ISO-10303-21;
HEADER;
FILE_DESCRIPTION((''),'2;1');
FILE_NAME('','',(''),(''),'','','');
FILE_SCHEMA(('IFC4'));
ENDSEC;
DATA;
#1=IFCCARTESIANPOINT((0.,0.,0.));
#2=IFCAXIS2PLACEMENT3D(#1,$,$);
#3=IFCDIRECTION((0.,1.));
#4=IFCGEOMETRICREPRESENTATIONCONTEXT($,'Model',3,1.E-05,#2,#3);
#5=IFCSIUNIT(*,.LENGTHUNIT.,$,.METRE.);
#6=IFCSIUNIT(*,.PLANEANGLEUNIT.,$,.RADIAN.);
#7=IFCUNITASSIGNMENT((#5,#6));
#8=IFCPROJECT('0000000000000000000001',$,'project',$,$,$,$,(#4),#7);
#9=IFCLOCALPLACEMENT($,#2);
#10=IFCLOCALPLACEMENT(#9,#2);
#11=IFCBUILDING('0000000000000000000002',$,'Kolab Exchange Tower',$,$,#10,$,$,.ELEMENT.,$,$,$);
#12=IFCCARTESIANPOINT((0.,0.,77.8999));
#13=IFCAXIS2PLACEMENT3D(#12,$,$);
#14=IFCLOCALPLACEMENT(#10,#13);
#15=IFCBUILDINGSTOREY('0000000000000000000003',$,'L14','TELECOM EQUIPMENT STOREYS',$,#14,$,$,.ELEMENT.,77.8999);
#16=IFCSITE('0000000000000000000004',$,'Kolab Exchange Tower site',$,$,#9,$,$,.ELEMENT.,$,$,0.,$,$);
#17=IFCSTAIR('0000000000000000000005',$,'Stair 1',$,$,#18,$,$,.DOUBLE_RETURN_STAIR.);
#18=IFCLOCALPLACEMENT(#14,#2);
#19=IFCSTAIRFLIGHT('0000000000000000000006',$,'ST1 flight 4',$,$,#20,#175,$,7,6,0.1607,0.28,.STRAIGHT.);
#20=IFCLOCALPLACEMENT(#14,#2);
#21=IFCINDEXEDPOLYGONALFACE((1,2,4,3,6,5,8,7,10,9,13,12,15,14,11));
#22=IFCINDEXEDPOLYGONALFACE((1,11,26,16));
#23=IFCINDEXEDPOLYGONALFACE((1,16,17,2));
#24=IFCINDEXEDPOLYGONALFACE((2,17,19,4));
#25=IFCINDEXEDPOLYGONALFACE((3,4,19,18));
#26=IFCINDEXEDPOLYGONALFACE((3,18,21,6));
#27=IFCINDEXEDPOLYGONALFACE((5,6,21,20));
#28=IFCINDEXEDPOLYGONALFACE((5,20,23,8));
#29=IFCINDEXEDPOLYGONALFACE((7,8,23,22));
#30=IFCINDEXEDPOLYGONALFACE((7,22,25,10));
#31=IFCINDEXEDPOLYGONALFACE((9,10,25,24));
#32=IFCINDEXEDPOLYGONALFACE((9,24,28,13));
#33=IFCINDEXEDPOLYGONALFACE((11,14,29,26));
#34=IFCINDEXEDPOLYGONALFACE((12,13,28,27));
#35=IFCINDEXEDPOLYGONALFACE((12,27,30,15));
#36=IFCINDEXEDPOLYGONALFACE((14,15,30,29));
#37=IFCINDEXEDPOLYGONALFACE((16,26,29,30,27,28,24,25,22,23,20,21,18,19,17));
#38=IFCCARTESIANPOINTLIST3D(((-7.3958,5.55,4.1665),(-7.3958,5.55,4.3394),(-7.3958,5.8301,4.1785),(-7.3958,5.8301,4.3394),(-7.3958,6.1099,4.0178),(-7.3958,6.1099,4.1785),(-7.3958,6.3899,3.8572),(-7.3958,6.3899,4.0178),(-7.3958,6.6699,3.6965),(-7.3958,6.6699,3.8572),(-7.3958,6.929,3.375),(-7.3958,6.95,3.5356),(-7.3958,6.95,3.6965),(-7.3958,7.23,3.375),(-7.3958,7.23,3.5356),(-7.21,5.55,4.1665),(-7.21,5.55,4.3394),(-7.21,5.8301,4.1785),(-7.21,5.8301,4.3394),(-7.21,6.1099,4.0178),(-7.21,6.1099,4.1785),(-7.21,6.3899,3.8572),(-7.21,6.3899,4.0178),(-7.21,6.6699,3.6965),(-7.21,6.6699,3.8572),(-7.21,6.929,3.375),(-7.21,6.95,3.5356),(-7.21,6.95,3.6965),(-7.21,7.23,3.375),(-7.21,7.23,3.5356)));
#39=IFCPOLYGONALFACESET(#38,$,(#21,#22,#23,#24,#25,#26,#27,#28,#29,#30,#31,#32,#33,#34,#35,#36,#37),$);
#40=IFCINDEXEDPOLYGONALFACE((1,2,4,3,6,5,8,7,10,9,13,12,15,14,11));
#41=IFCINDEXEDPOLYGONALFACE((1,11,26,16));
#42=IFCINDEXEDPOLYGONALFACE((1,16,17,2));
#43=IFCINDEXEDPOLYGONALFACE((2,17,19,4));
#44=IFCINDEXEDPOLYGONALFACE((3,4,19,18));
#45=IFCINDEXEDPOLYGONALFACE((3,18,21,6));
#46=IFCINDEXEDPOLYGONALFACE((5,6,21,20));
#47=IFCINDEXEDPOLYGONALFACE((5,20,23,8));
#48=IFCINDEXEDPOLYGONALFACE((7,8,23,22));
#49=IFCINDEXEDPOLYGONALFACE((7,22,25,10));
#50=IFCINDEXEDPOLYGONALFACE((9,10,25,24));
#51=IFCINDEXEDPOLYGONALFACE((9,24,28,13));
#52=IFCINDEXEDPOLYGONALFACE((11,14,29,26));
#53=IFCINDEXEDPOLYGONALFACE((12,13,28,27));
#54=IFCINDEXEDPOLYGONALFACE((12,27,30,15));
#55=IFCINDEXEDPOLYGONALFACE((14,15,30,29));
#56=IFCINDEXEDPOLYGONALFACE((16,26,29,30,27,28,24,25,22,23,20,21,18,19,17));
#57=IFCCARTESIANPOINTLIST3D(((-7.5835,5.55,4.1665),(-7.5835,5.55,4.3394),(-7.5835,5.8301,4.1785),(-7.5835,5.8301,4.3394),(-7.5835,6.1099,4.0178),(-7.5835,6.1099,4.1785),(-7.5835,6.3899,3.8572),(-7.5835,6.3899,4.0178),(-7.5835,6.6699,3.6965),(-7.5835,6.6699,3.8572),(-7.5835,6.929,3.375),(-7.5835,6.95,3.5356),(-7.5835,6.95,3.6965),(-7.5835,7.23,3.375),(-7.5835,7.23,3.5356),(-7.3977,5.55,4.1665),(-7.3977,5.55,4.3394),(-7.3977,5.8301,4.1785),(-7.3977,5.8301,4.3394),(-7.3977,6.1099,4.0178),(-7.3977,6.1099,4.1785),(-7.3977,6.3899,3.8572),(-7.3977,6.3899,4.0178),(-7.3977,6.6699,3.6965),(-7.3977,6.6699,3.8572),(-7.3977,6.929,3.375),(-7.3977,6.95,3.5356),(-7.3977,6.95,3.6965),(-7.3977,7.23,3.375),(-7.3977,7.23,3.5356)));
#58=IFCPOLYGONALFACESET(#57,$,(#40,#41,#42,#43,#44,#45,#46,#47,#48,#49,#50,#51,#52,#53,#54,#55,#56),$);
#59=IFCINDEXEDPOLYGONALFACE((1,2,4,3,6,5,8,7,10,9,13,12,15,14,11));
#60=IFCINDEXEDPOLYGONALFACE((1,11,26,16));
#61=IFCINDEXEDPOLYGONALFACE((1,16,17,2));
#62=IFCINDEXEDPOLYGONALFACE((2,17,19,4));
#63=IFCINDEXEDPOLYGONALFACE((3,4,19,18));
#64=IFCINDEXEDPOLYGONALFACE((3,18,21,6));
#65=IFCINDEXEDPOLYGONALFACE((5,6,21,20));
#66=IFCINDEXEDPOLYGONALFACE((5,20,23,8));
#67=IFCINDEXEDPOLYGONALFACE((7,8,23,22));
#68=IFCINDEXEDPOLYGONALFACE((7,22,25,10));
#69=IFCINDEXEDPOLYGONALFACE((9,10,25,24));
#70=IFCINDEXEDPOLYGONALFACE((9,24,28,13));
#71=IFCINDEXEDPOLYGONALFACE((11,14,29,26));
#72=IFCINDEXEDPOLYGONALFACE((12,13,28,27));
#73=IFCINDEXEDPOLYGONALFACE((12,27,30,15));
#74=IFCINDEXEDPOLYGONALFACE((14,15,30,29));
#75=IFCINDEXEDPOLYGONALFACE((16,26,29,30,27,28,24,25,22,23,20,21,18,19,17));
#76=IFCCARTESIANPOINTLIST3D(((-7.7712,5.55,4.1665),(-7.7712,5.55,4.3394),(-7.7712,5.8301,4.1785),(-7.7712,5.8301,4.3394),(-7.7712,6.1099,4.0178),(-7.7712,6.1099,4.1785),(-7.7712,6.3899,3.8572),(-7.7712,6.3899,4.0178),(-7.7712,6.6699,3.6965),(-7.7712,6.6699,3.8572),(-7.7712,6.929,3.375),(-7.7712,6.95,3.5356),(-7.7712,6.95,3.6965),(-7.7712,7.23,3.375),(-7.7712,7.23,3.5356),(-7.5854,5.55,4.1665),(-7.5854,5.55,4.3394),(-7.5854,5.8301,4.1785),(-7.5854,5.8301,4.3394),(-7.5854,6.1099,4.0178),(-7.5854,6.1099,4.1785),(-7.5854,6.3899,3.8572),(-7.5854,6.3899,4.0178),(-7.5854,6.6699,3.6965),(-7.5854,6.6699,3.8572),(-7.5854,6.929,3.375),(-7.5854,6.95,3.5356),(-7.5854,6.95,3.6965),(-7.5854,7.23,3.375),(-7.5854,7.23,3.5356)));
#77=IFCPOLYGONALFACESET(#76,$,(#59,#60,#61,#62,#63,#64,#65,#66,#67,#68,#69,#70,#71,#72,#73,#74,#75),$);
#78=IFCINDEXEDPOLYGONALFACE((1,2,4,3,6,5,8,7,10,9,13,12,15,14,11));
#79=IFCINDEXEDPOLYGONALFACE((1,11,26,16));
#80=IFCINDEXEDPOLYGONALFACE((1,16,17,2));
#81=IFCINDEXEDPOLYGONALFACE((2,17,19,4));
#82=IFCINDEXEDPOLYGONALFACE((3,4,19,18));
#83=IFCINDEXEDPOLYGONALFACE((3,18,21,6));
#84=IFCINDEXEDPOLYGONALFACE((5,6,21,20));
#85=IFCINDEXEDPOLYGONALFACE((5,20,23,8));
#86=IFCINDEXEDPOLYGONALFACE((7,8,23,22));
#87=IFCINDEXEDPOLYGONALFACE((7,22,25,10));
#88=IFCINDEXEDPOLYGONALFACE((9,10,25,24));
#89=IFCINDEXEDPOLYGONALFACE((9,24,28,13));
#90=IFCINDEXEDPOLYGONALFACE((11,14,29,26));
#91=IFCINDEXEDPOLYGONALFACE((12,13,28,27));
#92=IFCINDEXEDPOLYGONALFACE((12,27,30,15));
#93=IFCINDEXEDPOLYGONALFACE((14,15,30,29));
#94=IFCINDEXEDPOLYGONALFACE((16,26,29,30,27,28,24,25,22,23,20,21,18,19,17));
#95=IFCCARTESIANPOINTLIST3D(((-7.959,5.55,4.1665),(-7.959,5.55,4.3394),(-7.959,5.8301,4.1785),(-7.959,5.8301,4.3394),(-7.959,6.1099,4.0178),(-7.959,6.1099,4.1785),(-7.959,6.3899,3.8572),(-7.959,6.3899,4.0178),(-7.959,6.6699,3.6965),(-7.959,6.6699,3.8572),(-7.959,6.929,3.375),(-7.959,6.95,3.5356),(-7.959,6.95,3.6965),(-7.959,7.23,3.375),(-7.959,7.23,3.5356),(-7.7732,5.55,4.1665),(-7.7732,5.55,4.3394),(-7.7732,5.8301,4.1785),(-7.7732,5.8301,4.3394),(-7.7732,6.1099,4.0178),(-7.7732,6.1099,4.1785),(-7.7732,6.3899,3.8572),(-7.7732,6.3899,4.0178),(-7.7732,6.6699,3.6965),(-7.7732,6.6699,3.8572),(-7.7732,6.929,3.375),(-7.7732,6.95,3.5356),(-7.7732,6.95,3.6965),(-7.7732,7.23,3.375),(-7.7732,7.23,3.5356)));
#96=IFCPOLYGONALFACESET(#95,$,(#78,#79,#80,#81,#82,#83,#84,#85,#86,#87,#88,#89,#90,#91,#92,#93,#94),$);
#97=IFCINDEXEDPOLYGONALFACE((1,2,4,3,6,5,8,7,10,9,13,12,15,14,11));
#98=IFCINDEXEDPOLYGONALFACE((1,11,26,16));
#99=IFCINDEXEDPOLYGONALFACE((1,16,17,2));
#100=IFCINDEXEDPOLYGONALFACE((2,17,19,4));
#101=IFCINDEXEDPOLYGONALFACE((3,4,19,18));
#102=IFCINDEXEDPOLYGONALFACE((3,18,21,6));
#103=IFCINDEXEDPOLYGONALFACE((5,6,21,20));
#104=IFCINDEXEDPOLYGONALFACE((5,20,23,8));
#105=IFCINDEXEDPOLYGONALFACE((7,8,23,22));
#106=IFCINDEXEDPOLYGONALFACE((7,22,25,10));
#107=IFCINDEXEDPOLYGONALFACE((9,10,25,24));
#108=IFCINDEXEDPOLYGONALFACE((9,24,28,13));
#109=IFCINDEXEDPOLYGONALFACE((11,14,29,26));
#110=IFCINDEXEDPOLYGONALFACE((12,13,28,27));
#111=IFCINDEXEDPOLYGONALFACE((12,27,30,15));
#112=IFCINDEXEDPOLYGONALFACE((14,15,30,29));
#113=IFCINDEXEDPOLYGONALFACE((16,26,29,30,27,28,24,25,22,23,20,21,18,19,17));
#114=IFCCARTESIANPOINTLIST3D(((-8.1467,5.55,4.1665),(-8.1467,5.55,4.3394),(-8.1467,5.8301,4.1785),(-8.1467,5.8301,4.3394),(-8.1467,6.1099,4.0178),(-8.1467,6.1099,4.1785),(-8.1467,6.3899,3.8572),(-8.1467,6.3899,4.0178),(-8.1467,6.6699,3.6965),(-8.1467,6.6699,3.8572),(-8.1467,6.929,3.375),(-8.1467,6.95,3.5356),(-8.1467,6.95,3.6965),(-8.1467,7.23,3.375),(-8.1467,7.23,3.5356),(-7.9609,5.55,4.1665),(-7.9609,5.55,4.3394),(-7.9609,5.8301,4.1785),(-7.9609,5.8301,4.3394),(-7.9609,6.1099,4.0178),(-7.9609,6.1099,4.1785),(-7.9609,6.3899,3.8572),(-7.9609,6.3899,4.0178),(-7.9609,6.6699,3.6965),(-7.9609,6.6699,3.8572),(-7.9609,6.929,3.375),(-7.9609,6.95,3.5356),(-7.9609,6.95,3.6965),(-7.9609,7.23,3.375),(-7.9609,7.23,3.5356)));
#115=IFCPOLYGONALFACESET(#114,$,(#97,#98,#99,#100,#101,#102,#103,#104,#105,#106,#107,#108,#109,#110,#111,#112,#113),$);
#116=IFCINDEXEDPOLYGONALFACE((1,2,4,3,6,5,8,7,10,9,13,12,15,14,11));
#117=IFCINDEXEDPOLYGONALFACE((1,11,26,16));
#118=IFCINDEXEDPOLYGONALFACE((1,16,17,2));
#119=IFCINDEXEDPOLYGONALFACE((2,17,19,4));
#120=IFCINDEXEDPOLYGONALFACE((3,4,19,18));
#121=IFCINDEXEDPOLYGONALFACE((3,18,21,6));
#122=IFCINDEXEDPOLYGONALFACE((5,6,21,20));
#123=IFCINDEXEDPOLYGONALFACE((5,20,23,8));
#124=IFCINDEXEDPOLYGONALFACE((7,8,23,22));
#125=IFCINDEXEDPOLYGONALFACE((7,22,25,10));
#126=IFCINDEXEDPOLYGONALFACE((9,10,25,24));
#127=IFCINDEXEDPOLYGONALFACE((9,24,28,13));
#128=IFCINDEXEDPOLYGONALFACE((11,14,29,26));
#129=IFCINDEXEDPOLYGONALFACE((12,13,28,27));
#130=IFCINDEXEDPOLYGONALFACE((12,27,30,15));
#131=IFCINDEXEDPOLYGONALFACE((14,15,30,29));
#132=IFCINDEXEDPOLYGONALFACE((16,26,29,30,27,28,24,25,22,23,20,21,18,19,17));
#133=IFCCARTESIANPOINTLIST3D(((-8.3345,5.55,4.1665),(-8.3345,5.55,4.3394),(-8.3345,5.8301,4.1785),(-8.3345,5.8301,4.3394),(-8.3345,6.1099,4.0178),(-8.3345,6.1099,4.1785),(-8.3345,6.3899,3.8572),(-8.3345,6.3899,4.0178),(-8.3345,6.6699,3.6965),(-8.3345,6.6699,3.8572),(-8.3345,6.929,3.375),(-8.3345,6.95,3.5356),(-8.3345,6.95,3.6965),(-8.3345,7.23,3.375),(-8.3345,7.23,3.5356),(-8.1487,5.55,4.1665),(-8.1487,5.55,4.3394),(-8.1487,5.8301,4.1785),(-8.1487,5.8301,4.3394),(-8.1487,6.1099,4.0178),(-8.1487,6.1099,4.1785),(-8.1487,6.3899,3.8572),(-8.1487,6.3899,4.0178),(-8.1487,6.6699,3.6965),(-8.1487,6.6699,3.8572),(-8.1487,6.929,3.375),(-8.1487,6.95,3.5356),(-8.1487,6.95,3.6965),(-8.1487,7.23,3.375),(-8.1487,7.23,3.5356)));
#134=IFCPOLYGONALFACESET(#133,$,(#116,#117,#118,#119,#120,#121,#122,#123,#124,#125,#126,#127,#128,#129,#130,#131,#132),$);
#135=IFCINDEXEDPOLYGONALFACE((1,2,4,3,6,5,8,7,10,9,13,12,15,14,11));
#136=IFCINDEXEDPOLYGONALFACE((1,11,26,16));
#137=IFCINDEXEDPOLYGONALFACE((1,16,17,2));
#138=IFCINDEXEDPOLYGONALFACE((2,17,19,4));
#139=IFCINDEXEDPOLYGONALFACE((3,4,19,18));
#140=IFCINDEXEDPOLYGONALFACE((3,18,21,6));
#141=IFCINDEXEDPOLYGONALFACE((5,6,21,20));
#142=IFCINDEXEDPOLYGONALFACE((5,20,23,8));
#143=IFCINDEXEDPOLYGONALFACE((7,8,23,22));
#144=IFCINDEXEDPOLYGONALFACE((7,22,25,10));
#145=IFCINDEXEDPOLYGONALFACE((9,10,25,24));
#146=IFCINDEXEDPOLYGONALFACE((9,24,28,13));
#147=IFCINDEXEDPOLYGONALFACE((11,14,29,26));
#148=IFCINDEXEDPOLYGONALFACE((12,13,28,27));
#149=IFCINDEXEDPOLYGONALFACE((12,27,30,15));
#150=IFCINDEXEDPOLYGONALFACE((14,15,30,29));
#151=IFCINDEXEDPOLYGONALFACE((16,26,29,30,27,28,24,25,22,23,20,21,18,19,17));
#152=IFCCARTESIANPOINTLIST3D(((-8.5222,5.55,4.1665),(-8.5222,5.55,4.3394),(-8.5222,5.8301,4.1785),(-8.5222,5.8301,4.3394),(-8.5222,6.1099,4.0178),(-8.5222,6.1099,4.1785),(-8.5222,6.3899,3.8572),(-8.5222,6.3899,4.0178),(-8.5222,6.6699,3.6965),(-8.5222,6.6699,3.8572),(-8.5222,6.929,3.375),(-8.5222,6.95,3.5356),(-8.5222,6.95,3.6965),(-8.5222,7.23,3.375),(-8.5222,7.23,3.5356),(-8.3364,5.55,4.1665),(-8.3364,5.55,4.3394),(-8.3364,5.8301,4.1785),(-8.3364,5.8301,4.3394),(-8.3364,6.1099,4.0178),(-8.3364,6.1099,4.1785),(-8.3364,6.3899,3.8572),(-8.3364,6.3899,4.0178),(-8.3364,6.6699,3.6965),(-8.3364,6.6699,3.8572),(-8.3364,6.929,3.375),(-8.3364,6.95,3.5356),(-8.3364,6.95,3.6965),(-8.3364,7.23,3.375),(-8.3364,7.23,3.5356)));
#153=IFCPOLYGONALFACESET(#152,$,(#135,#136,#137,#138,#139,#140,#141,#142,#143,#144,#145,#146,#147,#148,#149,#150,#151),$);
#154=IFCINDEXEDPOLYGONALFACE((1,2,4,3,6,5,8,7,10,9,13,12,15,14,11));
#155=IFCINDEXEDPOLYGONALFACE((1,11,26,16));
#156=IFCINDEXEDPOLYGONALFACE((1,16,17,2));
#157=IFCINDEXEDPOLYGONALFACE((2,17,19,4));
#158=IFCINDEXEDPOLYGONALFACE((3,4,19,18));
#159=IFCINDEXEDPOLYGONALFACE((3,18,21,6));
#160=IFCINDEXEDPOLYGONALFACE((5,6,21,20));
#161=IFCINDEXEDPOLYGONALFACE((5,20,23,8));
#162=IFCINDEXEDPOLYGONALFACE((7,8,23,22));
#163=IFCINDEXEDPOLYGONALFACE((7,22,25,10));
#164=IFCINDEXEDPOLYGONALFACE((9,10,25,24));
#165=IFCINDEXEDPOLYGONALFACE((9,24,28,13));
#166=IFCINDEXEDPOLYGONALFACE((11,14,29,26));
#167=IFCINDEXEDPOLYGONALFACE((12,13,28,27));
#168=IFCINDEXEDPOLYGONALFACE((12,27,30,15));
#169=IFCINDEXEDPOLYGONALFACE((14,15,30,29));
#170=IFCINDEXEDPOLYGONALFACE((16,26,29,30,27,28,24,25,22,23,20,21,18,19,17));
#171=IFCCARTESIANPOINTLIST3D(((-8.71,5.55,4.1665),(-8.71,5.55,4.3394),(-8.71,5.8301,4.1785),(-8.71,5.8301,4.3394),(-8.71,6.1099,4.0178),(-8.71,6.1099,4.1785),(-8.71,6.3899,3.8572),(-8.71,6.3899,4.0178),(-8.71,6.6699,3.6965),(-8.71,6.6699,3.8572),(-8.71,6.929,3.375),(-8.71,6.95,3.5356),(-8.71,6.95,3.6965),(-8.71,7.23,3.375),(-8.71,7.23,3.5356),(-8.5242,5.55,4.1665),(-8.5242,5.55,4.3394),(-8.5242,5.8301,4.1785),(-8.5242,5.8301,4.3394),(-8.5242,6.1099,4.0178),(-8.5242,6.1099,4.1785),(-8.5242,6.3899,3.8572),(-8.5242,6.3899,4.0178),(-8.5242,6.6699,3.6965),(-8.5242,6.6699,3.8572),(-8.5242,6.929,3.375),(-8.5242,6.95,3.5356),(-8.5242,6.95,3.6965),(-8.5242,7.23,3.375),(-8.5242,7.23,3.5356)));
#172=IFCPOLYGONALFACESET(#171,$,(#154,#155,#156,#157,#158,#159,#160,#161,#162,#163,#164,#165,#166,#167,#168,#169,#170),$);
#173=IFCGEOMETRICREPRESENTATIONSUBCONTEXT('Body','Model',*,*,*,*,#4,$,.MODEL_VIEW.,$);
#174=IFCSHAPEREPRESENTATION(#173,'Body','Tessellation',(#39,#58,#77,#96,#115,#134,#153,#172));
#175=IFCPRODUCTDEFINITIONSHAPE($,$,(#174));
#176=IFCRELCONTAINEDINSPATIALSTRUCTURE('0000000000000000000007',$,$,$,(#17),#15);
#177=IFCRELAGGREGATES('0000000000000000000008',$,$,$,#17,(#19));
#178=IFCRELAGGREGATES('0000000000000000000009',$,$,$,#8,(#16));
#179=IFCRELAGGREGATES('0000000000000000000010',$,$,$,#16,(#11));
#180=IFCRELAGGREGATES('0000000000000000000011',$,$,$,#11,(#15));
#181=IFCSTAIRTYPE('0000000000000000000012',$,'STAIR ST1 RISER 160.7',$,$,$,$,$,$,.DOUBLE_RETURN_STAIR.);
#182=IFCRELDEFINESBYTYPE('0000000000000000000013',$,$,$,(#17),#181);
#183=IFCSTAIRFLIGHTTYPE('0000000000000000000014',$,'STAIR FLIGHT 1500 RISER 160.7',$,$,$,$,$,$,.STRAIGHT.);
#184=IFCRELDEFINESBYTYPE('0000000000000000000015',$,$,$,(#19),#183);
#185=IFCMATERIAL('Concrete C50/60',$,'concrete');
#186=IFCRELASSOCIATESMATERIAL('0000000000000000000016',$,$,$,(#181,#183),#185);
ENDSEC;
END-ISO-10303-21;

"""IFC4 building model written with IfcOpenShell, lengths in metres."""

from ifc_helpers import new_model, si_unit, direction, frame, origin, place, context, subcontext, project, spatial, polyline, outline, extrude, material, type_object, element, aggregate, save


model = new_model("IFC4")

# Units and contexts
model_context = context("Model", 3, precision=1e-05, world=origin(), true_north=direction((0.0, 1.0)))
body_context = subcontext(model_context, "Body", "Model", "MODEL_VIEW")
ifc_project = project(units=[si_unit("LENGTHUNIT", "METRE"), si_unit("PLANEANGLEUNIT", "RADIAN")], contexts=[model_context])

# Site, building, storey
site_placement = place(None, origin())
site = spatial("IfcSite", under=ifc_project, at=site_placement, Name="Kolab Exchange Tower site", CompositionType="ELEMENT", RefElevation=0.0)
building_placement = place(site_placement, origin())
building = spatial("IfcBuilding", under=site, at=building_placement, Name="Kolab Exchange Tower", CompositionType="ELEMENT")
storey_placement = place(building_placement, frame((0.0, 0.0, 77.8999)))
storey = spatial("IfcBuildingStorey", under=building, at=storey_placement, Name="L14", Description="TELECOM EQUIPMENT STOREYS", CompositionType="ELEMENT", Elevation=77.8999)

# Shared definitions
ifc_material_1 = material(Name="Concrete C50/60", Category="concrete")

# Stair, stair flight
stair_type = type_object("IfcStairType", Name="STAIR ST1 RISER 160.7", PredefinedType="DOUBLE_RETURN_STAIR", material=ifc_material_1)
stair_placement = place(storey_placement, origin())
stair = element("IfcStair", 1, at=stair_placement, inside=storey, type_object=stair_type, Name="Stair 1", PredefinedType="DOUBLE_RETURN_STAIR")
stair_flight_type = type_object("IfcStairFlightType", Name="STAIR FLIGHT 1500 RISER 160.7", PredefinedType="STRAIGHT", material=ifc_material_1)
stair_flight_1_placement = place(storey_placement, frame((-7.96, 7.23, 3.375), z_axis=(0.0, 0.0, 1.0), x_axis=(0.0, -1.0, 0.0)))
stair_flight_1 = element("IfcStairFlight", 2, at=stair_flight_1_placement, type_object=stair_flight_type, Name="ST1 flight 4", NumberOfRisers=7, NumberOfTreads=6, PredefinedType="STRAIGHT", RiserHeight=0.1607, TreadLength=0.28, context=body_context, shape_type="SweptSolid", body=[
    extrude(outline(polyline([(0.0, 0.0), (0.0, 0.1606), (0.28, 0.1606), (0.28, 0.3215), (0.5601, 0.3215), (0.5601, 0.4822), (0.8401, 0.4822), (0.8401, 0.6428), (1.1201, 0.6428), (1.1201, 0.8035), (1.3999, 0.8035), (1.3999, 0.9644), (1.6799, 0.9644), (1.6799, 1.125), (1.6799, 0.7915), (0.301, 0.0), (0.0, 0.0)])), frame((0.0, 0.75, 0.0), z_axis=(0.0, -1.0, 0.0), x_axis=(1.0, 0.0, 0.0)), (0.0, 0.0, 1.0), 0.1858),
    extrude(outline(polyline([(0.0, 0.0), (0.0, 0.1606), (0.28, 0.1606), (0.28, 0.3215), (0.5601, 0.3215), (0.5601, 0.4822), (0.8401, 0.4822), (0.8401, 0.6428), (1.1201, 0.6428), (1.1201, 0.8035), (1.3999, 0.8035), (1.3999, 0.9644), (1.6799, 0.9644), (1.6799, 1.125), (1.6799, 0.7915), (0.301, 0.0), (0.0, 0.0)])), frame((0.0, 0.5623, 0.0), z_axis=(0.0, -1.0, 0.0), x_axis=(1.0, 0.0, 0.0)), (0.0, 0.0, 1.0), 0.1858),
    extrude(outline(polyline([(0.0, 0.0), (0.0, 0.1606), (0.28, 0.1606), (0.28, 0.3215), (0.5601, 0.3215), (0.5601, 0.4822), (0.8401, 0.4822), (0.8401, 0.6428), (1.1201, 0.6428), (1.1201, 0.8035), (1.3999, 0.8035), (1.3999, 0.9644), (1.6799, 0.9644), (1.6799, 1.125), (1.6799, 0.7915), (0.301, 0.0), (0.0, 0.0)])), frame((0.0, 0.3745, 0.0), z_axis=(0.0, -1.0, 0.0), x_axis=(1.0, 0.0, 0.0)), (0.0, 0.0, 1.0), 0.1858),
    extrude(outline(polyline([(0.0, 0.0), (0.0, 0.1606), (0.28, 0.1606), (0.28, 0.3215), (0.5601, 0.3215), (0.5601, 0.4822), (0.8401, 0.4822), (0.8401, 0.6428), (1.1201, 0.6428), (1.1201, 0.8035), (1.3999, 0.8035), (1.3999, 0.9644), (1.6799, 0.9644), (1.6799, 1.125), (1.6799, 0.7915), (0.301, 0.0), (0.0, 0.0)])), frame((0.0, 0.1868, 0.0), z_axis=(0.0, -1.0, 0.0), x_axis=(1.0, 0.0, 0.0)), (0.0, 0.0, 1.0), 0.1858),
    extrude(outline(polyline([(0.0, 0.0), (0.0, 0.1606), (0.28, 0.1606), (0.28, 0.3215), (0.5601, 0.3215), (0.5601, 0.4822), (0.8401, 0.4822), (0.8401, 0.6428), (1.1201, 0.6428), (1.1201, 0.8035), (1.3999, 0.8035), (1.3999, 0.9644), (1.6799, 0.9644), (1.6799, 1.125), (1.6799, 0.7915), (0.301, 0.0), (0.0, 0.0)])), frame((0.0, -0.001, 0.0), z_axis=(0.0, -1.0, 0.0), x_axis=(1.0, 0.0, 0.0)), (0.0, 0.0, 1.0), 0.1858),
    extrude(outline(polyline([(0.0, 0.0), (0.0, 0.1606), (0.28, 0.1606), (0.28, 0.3215), (0.5601, 0.3215), (0.5601, 0.4822), (0.8401, 0.4822), (0.8401, 0.6428), (1.1201, 0.6428), (1.1201, 0.8035), (1.3999, 0.8035), (1.3999, 0.9644), (1.6799, 0.9644), (1.6799, 1.125), (1.6799, 0.7915), (0.301, 0.0), (0.0, 0.0)])), frame((0.0, -0.1887, 0.0), z_axis=(0.0, -1.0, 0.0), x_axis=(1.0, 0.0, 0.0)), (0.0, 0.0, 1.0), 0.1858),
    extrude(outline(polyline([(0.0, 0.0), (0.0, 0.1606), (0.28, 0.1606), (0.28, 0.3215), (0.5601, 0.3215), (0.5601, 0.4822), (0.8401, 0.4822), (0.8401, 0.6428), (1.1201, 0.6428), (1.1201, 0.8035), (1.3999, 0.8035), (1.3999, 0.9644), (1.6799, 0.9644), (1.6799, 1.125), (1.6799, 0.7915), (0.301, 0.0), (0.0, 0.0)])), frame((0.0, -0.3765, 0.0), z_axis=(0.0, -1.0, 0.0), x_axis=(1.0, 0.0, 0.0)), (0.0, 0.0, 1.0), 0.1858),
    extrude(outline(polyline([(0.0, 0.0), (0.0, 0.1606), (0.28, 0.1606), (0.28, 0.3215), (0.5601, 0.3215), (0.5601, 0.4822), (0.8401, 0.4822), (0.8401, 0.6428), (1.1201, 0.6428), (1.1201, 0.8035), (1.3999, 0.8035), (1.3999, 0.9644), (1.6799, 0.9644), (1.6799, 1.125), (1.6799, 0.7915), (0.301, 0.0), (0.0, 0.0)])), frame((0.0, -0.5642, 0.0), z_axis=(0.0, -1.0, 0.0), x_axis=(1.0, 0.0, 0.0)), (0.0, 0.0, 1.0), 0.1858),
])
aggregate(stair, [stair_flight_1])

save(model, "model.ifc")
